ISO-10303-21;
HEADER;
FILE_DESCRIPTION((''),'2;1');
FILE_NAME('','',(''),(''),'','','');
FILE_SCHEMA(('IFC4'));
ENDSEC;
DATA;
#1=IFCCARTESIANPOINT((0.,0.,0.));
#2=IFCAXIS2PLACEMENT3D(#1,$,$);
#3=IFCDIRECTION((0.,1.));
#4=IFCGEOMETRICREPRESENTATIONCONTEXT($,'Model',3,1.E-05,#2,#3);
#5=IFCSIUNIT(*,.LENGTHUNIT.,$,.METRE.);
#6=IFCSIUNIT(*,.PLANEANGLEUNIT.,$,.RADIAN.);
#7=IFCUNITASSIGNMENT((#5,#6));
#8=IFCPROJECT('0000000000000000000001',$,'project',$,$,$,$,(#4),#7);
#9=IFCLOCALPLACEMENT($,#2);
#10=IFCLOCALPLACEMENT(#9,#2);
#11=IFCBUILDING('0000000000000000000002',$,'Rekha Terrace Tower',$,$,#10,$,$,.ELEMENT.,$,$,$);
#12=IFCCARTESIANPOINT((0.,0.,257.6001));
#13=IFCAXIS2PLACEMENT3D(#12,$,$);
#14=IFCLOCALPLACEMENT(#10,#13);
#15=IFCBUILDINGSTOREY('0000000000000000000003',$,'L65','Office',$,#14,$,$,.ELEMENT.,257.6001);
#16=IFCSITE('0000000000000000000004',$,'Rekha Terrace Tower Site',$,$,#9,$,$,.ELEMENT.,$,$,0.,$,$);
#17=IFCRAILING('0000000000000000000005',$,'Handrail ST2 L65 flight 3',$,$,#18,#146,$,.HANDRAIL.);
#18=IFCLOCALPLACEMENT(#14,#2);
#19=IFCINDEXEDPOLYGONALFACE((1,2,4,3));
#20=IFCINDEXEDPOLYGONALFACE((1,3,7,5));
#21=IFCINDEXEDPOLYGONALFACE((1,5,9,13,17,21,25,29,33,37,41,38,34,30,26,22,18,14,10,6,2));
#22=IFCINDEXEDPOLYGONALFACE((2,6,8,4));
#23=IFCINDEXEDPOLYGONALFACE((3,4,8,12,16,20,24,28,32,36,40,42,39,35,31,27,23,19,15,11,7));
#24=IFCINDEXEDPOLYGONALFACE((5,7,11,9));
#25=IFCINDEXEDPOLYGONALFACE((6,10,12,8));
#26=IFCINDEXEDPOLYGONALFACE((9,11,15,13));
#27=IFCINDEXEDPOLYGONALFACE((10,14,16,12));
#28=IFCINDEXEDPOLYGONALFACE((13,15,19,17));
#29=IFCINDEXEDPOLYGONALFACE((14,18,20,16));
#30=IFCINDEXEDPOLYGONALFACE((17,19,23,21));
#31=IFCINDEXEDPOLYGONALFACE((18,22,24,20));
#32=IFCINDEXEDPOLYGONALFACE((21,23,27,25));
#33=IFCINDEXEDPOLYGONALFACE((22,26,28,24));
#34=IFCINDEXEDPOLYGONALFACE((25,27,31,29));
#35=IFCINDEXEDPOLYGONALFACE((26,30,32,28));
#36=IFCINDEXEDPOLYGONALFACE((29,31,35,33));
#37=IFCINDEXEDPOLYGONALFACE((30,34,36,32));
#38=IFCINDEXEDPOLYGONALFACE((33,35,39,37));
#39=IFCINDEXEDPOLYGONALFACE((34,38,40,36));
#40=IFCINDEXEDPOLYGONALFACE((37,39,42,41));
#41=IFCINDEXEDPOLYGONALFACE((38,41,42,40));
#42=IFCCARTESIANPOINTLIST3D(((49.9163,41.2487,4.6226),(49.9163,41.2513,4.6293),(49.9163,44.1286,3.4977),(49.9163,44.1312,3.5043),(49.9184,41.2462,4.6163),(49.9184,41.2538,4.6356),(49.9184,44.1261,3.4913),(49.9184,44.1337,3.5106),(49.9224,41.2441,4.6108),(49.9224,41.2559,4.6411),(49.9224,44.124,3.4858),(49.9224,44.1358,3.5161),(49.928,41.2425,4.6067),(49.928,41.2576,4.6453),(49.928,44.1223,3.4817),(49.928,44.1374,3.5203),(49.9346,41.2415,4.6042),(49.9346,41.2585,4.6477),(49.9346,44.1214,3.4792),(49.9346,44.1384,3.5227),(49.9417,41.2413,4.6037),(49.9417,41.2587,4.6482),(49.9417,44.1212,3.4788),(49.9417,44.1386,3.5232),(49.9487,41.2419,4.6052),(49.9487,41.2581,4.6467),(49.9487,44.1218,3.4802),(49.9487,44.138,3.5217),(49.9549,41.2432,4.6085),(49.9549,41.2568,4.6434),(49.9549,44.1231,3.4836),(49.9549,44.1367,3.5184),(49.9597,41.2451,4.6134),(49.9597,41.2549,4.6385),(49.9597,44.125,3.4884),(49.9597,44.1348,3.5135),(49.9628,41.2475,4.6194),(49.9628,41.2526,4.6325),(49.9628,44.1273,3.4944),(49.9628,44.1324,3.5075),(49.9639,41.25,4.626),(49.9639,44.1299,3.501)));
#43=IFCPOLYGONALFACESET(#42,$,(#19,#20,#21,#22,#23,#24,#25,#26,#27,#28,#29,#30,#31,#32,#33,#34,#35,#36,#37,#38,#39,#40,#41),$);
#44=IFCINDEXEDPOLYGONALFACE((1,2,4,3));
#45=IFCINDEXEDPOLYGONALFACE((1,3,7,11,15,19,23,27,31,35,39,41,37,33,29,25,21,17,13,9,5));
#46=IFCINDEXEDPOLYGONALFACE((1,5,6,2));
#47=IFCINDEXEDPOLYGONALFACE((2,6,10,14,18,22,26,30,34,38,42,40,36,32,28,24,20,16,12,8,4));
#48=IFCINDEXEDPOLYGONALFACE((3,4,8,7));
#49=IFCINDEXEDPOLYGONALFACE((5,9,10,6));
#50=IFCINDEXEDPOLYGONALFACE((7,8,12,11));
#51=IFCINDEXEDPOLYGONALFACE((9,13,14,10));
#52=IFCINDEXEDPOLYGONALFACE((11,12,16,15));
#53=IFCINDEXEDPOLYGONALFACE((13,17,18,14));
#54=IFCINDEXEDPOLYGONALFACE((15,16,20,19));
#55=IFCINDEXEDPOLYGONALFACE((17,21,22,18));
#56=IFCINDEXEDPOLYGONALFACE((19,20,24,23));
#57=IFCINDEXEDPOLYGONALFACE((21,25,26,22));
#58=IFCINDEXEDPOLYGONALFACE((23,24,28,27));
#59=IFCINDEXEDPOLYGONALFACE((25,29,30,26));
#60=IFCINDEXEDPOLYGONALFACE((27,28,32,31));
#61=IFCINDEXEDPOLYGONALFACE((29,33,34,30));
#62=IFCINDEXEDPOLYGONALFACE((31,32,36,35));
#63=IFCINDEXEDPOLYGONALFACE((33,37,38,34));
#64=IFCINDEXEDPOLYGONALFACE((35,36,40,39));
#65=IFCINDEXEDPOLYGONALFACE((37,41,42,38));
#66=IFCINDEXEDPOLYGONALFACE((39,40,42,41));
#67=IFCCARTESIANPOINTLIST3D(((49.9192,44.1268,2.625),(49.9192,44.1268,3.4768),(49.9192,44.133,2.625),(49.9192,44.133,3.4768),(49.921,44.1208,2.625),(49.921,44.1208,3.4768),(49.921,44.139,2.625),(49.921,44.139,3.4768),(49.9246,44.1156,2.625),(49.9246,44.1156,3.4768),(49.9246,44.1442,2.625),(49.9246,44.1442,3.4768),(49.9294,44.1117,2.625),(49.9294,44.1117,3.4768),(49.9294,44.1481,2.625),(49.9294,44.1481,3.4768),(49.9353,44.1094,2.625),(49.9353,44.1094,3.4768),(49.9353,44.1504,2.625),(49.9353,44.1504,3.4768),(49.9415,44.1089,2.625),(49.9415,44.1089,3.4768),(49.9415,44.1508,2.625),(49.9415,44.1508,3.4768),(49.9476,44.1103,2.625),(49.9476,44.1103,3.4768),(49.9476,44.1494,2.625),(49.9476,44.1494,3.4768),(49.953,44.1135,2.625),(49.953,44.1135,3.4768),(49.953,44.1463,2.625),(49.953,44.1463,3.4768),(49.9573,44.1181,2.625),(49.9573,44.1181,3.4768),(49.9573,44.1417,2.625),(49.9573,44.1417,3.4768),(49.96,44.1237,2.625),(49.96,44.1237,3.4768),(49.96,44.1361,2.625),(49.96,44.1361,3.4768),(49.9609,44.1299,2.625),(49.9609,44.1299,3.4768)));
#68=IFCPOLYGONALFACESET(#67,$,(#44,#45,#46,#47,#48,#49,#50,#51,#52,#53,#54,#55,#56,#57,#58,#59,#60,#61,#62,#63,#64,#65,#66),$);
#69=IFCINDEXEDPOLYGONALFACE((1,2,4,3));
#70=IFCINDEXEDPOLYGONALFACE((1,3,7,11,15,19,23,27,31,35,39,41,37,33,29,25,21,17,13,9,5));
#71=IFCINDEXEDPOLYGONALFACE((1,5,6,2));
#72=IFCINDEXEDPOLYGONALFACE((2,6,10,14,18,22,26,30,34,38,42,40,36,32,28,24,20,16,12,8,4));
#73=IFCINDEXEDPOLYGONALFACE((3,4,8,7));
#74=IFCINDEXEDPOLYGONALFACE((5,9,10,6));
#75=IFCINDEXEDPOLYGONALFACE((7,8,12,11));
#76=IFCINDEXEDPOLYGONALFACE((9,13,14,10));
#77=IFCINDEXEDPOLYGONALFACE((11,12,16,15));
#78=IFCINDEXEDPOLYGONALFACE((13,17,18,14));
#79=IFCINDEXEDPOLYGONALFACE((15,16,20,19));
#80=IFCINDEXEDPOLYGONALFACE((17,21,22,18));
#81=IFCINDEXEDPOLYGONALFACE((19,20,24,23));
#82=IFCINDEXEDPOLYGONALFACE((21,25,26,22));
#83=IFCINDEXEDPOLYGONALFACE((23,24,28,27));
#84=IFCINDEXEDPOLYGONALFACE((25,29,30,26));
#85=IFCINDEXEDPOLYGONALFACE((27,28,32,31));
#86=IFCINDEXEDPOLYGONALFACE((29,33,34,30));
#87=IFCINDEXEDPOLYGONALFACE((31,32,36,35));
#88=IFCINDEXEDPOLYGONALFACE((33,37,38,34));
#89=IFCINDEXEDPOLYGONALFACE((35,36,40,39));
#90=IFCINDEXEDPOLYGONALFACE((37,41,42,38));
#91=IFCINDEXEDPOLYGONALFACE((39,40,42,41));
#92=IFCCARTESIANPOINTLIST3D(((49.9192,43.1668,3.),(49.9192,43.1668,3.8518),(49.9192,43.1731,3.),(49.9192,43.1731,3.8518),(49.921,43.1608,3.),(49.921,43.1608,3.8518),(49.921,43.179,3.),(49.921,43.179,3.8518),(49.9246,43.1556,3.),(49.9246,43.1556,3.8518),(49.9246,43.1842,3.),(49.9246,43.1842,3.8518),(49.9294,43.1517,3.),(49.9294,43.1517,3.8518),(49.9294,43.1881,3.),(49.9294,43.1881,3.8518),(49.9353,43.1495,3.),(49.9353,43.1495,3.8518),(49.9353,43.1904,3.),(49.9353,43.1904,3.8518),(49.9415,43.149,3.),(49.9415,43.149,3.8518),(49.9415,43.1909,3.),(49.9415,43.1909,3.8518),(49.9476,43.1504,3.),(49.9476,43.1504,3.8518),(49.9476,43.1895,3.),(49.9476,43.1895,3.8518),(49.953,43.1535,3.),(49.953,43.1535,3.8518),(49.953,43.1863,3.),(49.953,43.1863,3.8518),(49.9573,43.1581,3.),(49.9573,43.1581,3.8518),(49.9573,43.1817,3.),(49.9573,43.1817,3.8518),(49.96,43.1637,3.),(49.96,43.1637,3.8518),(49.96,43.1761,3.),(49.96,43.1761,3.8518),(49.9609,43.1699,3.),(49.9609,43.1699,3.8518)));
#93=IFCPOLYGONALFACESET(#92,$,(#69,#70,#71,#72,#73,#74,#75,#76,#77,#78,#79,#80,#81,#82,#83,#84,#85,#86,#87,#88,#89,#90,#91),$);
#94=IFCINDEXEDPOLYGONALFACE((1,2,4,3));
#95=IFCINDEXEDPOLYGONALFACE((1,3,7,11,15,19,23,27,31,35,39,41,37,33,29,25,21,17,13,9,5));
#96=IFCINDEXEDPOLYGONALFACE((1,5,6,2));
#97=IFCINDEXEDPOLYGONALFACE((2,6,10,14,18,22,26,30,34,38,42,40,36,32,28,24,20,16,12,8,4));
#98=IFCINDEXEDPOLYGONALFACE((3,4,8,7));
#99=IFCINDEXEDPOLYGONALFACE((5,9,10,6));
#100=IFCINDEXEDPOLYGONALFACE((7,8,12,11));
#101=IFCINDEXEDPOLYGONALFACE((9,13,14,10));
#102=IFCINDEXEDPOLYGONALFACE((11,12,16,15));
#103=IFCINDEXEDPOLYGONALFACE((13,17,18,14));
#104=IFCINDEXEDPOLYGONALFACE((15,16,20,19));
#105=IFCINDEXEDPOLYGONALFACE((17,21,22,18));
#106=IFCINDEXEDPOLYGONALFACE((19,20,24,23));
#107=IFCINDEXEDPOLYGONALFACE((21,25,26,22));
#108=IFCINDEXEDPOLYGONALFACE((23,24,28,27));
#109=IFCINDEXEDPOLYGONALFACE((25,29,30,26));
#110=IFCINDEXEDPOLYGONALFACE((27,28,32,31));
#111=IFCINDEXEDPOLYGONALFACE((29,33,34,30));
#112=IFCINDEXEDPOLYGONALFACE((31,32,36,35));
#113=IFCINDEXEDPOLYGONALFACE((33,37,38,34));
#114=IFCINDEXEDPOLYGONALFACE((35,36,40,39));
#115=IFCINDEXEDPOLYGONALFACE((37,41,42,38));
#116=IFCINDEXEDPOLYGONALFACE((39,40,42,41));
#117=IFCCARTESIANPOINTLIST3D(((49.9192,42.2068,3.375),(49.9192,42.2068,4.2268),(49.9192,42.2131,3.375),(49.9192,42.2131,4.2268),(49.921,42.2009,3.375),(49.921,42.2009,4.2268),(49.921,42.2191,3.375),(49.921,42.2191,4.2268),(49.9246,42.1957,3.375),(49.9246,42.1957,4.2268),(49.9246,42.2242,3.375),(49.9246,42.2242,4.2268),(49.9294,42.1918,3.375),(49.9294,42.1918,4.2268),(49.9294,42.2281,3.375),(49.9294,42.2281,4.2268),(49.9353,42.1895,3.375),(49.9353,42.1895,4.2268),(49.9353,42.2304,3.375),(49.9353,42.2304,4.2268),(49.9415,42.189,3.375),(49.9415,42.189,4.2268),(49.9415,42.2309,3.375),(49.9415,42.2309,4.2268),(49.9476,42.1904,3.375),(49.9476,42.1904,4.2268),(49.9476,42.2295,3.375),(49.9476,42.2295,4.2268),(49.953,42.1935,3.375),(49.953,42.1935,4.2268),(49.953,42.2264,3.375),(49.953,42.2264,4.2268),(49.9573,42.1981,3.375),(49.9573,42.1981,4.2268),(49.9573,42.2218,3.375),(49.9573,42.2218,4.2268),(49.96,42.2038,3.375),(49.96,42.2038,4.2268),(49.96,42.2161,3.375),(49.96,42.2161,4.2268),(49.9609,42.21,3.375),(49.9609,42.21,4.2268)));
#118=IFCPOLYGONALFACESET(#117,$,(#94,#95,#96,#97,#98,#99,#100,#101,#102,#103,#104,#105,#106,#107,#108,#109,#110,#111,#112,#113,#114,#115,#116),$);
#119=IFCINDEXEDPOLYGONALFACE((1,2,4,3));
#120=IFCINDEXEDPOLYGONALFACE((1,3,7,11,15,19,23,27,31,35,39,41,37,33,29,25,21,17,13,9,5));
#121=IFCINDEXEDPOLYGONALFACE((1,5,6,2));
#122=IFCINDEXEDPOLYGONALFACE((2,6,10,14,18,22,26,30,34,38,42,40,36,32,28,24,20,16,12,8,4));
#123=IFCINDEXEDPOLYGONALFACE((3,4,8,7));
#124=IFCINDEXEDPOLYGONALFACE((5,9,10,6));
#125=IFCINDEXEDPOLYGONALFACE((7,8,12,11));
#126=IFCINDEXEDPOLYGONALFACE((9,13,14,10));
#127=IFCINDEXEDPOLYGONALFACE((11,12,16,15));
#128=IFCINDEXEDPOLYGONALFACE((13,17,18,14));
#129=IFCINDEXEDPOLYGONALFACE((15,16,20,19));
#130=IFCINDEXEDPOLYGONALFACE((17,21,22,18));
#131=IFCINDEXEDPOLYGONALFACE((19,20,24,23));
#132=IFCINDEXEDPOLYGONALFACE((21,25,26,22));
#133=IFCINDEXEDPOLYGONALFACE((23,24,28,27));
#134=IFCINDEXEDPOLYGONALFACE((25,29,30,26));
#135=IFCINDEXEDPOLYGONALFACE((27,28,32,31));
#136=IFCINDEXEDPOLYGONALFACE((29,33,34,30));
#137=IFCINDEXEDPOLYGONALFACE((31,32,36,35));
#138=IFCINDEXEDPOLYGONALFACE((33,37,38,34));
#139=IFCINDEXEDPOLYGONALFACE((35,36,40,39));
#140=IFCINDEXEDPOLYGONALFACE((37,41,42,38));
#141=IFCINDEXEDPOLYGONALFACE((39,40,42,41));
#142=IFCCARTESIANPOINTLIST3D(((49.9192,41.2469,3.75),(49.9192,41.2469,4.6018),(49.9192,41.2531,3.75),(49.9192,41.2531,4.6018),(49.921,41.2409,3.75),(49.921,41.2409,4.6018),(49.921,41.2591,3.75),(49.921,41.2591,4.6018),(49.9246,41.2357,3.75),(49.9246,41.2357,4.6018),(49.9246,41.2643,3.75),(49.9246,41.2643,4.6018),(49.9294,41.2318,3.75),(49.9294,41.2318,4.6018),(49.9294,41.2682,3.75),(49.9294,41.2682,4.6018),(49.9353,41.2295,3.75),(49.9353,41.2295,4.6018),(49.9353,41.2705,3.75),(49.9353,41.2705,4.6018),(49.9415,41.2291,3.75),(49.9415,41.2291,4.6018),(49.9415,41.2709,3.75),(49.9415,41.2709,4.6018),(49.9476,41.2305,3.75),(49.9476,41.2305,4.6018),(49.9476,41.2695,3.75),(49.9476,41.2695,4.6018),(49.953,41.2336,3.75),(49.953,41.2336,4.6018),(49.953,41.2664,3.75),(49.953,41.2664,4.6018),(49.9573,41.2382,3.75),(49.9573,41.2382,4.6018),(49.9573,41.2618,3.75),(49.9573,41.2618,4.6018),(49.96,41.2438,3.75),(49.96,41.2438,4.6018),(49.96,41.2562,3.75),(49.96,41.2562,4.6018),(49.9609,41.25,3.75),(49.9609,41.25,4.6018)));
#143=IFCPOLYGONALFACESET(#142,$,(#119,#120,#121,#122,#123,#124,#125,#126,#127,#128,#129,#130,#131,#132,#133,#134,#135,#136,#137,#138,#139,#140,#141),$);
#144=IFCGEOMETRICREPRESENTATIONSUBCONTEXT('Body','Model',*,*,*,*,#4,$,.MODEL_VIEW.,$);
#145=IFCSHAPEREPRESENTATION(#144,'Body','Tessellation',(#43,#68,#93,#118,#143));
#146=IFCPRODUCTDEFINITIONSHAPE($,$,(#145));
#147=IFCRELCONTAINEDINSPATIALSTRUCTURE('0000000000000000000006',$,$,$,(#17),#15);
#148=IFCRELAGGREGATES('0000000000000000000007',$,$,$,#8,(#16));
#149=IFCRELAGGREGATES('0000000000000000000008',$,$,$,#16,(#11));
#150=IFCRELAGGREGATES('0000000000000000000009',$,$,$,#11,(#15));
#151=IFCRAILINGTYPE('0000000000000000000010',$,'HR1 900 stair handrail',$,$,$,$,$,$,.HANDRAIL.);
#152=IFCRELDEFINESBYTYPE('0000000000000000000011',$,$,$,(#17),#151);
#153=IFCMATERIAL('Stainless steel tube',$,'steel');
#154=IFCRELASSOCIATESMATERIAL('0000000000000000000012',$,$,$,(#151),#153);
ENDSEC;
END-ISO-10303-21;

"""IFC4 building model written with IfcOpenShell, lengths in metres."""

from ifc_helpers import new_model, si_unit, direction, frame, origin, origin_2d, place, context, subcontext, project, spatial, circle, extrude, material, type_object, element, save


model = new_model("IFC4")

# Units and contexts
model_context = context("Model", 3, precision=1e-05, world=origin(), true_north=direction((0.0, 1.0)))
body_context = subcontext(model_context, "Body", "Model", "MODEL_VIEW")
ifc_project = project(units=[si_unit("LENGTHUNIT", "METRE"), si_unit("PLANEANGLEUNIT", "RADIAN")], contexts=[model_context])

# Site, building, storey
site_placement = place(None, origin())
site = spatial("IfcSite", under=ifc_project, at=site_placement, Name="Rekha Terrace Tower Site", CompositionType="ELEMENT", RefElevation=0.0)
building_placement = place(site_placement, origin())
building = spatial("IfcBuilding", under=site, at=building_placement, Name="Rekha Terrace Tower", CompositionType="ELEMENT")
storey_placement = place(building_placement, frame((0.0, 0.0, 257.6001)))
storey = spatial("IfcBuildingStorey", under=building, at=storey_placement, Name="L65", Description="Office", CompositionType="ELEMENT", Elevation=257.6001)

# Railing
ifc_material_1 = material(Name="Stainless steel tube", Category="steel")
railing_type_1 = type_object("IfcRailingType", Name="HR1 900 stair handrail", PredefinedType="HANDRAIL", material=ifc_material_1)
railing_1_placement = place(storey_placement, frame((49.9399, 44.1299, 2.625)))
element("IfcRailing", 1, at=railing_1_placement, inside=storey, type_object=railing_type_1, Name="Handrail ST2 L65 flight 3", PredefinedType="HANDRAIL", context=body_context, shape_type="SweptSolid", body=[
    extrude(circle(Radius=0.0239, at=origin_2d()), frame((0.0, 0.0, 0.876), z_axis=(0.0, -0.931452, 0.363863), x_axis=(1.0, 0.0, 0.0)), (0.0, 0.0, 1.0), 3.0918),
    extrude(circle(Radius=0.021, at=origin_2d()), origin(), (0.0, 0.0, 1.0), 0.8518),
    extrude(circle(Radius=0.021, at=origin_2d()), frame((0.0, -0.96, 0.375)), (0.0, 0.0, 1.0), 0.8518),
    extrude(circle(Radius=0.021, at=origin_2d()), frame((0.0, -1.9199, 0.75)), (0.0, 0.0, 1.0), 0.8518),
    extrude(circle(Radius=0.021, at=origin_2d()), frame((0.0, -2.8799, 1.125)), (0.0, 0.0, 1.0), 0.8518),
])

save(model, "model.ifc")
